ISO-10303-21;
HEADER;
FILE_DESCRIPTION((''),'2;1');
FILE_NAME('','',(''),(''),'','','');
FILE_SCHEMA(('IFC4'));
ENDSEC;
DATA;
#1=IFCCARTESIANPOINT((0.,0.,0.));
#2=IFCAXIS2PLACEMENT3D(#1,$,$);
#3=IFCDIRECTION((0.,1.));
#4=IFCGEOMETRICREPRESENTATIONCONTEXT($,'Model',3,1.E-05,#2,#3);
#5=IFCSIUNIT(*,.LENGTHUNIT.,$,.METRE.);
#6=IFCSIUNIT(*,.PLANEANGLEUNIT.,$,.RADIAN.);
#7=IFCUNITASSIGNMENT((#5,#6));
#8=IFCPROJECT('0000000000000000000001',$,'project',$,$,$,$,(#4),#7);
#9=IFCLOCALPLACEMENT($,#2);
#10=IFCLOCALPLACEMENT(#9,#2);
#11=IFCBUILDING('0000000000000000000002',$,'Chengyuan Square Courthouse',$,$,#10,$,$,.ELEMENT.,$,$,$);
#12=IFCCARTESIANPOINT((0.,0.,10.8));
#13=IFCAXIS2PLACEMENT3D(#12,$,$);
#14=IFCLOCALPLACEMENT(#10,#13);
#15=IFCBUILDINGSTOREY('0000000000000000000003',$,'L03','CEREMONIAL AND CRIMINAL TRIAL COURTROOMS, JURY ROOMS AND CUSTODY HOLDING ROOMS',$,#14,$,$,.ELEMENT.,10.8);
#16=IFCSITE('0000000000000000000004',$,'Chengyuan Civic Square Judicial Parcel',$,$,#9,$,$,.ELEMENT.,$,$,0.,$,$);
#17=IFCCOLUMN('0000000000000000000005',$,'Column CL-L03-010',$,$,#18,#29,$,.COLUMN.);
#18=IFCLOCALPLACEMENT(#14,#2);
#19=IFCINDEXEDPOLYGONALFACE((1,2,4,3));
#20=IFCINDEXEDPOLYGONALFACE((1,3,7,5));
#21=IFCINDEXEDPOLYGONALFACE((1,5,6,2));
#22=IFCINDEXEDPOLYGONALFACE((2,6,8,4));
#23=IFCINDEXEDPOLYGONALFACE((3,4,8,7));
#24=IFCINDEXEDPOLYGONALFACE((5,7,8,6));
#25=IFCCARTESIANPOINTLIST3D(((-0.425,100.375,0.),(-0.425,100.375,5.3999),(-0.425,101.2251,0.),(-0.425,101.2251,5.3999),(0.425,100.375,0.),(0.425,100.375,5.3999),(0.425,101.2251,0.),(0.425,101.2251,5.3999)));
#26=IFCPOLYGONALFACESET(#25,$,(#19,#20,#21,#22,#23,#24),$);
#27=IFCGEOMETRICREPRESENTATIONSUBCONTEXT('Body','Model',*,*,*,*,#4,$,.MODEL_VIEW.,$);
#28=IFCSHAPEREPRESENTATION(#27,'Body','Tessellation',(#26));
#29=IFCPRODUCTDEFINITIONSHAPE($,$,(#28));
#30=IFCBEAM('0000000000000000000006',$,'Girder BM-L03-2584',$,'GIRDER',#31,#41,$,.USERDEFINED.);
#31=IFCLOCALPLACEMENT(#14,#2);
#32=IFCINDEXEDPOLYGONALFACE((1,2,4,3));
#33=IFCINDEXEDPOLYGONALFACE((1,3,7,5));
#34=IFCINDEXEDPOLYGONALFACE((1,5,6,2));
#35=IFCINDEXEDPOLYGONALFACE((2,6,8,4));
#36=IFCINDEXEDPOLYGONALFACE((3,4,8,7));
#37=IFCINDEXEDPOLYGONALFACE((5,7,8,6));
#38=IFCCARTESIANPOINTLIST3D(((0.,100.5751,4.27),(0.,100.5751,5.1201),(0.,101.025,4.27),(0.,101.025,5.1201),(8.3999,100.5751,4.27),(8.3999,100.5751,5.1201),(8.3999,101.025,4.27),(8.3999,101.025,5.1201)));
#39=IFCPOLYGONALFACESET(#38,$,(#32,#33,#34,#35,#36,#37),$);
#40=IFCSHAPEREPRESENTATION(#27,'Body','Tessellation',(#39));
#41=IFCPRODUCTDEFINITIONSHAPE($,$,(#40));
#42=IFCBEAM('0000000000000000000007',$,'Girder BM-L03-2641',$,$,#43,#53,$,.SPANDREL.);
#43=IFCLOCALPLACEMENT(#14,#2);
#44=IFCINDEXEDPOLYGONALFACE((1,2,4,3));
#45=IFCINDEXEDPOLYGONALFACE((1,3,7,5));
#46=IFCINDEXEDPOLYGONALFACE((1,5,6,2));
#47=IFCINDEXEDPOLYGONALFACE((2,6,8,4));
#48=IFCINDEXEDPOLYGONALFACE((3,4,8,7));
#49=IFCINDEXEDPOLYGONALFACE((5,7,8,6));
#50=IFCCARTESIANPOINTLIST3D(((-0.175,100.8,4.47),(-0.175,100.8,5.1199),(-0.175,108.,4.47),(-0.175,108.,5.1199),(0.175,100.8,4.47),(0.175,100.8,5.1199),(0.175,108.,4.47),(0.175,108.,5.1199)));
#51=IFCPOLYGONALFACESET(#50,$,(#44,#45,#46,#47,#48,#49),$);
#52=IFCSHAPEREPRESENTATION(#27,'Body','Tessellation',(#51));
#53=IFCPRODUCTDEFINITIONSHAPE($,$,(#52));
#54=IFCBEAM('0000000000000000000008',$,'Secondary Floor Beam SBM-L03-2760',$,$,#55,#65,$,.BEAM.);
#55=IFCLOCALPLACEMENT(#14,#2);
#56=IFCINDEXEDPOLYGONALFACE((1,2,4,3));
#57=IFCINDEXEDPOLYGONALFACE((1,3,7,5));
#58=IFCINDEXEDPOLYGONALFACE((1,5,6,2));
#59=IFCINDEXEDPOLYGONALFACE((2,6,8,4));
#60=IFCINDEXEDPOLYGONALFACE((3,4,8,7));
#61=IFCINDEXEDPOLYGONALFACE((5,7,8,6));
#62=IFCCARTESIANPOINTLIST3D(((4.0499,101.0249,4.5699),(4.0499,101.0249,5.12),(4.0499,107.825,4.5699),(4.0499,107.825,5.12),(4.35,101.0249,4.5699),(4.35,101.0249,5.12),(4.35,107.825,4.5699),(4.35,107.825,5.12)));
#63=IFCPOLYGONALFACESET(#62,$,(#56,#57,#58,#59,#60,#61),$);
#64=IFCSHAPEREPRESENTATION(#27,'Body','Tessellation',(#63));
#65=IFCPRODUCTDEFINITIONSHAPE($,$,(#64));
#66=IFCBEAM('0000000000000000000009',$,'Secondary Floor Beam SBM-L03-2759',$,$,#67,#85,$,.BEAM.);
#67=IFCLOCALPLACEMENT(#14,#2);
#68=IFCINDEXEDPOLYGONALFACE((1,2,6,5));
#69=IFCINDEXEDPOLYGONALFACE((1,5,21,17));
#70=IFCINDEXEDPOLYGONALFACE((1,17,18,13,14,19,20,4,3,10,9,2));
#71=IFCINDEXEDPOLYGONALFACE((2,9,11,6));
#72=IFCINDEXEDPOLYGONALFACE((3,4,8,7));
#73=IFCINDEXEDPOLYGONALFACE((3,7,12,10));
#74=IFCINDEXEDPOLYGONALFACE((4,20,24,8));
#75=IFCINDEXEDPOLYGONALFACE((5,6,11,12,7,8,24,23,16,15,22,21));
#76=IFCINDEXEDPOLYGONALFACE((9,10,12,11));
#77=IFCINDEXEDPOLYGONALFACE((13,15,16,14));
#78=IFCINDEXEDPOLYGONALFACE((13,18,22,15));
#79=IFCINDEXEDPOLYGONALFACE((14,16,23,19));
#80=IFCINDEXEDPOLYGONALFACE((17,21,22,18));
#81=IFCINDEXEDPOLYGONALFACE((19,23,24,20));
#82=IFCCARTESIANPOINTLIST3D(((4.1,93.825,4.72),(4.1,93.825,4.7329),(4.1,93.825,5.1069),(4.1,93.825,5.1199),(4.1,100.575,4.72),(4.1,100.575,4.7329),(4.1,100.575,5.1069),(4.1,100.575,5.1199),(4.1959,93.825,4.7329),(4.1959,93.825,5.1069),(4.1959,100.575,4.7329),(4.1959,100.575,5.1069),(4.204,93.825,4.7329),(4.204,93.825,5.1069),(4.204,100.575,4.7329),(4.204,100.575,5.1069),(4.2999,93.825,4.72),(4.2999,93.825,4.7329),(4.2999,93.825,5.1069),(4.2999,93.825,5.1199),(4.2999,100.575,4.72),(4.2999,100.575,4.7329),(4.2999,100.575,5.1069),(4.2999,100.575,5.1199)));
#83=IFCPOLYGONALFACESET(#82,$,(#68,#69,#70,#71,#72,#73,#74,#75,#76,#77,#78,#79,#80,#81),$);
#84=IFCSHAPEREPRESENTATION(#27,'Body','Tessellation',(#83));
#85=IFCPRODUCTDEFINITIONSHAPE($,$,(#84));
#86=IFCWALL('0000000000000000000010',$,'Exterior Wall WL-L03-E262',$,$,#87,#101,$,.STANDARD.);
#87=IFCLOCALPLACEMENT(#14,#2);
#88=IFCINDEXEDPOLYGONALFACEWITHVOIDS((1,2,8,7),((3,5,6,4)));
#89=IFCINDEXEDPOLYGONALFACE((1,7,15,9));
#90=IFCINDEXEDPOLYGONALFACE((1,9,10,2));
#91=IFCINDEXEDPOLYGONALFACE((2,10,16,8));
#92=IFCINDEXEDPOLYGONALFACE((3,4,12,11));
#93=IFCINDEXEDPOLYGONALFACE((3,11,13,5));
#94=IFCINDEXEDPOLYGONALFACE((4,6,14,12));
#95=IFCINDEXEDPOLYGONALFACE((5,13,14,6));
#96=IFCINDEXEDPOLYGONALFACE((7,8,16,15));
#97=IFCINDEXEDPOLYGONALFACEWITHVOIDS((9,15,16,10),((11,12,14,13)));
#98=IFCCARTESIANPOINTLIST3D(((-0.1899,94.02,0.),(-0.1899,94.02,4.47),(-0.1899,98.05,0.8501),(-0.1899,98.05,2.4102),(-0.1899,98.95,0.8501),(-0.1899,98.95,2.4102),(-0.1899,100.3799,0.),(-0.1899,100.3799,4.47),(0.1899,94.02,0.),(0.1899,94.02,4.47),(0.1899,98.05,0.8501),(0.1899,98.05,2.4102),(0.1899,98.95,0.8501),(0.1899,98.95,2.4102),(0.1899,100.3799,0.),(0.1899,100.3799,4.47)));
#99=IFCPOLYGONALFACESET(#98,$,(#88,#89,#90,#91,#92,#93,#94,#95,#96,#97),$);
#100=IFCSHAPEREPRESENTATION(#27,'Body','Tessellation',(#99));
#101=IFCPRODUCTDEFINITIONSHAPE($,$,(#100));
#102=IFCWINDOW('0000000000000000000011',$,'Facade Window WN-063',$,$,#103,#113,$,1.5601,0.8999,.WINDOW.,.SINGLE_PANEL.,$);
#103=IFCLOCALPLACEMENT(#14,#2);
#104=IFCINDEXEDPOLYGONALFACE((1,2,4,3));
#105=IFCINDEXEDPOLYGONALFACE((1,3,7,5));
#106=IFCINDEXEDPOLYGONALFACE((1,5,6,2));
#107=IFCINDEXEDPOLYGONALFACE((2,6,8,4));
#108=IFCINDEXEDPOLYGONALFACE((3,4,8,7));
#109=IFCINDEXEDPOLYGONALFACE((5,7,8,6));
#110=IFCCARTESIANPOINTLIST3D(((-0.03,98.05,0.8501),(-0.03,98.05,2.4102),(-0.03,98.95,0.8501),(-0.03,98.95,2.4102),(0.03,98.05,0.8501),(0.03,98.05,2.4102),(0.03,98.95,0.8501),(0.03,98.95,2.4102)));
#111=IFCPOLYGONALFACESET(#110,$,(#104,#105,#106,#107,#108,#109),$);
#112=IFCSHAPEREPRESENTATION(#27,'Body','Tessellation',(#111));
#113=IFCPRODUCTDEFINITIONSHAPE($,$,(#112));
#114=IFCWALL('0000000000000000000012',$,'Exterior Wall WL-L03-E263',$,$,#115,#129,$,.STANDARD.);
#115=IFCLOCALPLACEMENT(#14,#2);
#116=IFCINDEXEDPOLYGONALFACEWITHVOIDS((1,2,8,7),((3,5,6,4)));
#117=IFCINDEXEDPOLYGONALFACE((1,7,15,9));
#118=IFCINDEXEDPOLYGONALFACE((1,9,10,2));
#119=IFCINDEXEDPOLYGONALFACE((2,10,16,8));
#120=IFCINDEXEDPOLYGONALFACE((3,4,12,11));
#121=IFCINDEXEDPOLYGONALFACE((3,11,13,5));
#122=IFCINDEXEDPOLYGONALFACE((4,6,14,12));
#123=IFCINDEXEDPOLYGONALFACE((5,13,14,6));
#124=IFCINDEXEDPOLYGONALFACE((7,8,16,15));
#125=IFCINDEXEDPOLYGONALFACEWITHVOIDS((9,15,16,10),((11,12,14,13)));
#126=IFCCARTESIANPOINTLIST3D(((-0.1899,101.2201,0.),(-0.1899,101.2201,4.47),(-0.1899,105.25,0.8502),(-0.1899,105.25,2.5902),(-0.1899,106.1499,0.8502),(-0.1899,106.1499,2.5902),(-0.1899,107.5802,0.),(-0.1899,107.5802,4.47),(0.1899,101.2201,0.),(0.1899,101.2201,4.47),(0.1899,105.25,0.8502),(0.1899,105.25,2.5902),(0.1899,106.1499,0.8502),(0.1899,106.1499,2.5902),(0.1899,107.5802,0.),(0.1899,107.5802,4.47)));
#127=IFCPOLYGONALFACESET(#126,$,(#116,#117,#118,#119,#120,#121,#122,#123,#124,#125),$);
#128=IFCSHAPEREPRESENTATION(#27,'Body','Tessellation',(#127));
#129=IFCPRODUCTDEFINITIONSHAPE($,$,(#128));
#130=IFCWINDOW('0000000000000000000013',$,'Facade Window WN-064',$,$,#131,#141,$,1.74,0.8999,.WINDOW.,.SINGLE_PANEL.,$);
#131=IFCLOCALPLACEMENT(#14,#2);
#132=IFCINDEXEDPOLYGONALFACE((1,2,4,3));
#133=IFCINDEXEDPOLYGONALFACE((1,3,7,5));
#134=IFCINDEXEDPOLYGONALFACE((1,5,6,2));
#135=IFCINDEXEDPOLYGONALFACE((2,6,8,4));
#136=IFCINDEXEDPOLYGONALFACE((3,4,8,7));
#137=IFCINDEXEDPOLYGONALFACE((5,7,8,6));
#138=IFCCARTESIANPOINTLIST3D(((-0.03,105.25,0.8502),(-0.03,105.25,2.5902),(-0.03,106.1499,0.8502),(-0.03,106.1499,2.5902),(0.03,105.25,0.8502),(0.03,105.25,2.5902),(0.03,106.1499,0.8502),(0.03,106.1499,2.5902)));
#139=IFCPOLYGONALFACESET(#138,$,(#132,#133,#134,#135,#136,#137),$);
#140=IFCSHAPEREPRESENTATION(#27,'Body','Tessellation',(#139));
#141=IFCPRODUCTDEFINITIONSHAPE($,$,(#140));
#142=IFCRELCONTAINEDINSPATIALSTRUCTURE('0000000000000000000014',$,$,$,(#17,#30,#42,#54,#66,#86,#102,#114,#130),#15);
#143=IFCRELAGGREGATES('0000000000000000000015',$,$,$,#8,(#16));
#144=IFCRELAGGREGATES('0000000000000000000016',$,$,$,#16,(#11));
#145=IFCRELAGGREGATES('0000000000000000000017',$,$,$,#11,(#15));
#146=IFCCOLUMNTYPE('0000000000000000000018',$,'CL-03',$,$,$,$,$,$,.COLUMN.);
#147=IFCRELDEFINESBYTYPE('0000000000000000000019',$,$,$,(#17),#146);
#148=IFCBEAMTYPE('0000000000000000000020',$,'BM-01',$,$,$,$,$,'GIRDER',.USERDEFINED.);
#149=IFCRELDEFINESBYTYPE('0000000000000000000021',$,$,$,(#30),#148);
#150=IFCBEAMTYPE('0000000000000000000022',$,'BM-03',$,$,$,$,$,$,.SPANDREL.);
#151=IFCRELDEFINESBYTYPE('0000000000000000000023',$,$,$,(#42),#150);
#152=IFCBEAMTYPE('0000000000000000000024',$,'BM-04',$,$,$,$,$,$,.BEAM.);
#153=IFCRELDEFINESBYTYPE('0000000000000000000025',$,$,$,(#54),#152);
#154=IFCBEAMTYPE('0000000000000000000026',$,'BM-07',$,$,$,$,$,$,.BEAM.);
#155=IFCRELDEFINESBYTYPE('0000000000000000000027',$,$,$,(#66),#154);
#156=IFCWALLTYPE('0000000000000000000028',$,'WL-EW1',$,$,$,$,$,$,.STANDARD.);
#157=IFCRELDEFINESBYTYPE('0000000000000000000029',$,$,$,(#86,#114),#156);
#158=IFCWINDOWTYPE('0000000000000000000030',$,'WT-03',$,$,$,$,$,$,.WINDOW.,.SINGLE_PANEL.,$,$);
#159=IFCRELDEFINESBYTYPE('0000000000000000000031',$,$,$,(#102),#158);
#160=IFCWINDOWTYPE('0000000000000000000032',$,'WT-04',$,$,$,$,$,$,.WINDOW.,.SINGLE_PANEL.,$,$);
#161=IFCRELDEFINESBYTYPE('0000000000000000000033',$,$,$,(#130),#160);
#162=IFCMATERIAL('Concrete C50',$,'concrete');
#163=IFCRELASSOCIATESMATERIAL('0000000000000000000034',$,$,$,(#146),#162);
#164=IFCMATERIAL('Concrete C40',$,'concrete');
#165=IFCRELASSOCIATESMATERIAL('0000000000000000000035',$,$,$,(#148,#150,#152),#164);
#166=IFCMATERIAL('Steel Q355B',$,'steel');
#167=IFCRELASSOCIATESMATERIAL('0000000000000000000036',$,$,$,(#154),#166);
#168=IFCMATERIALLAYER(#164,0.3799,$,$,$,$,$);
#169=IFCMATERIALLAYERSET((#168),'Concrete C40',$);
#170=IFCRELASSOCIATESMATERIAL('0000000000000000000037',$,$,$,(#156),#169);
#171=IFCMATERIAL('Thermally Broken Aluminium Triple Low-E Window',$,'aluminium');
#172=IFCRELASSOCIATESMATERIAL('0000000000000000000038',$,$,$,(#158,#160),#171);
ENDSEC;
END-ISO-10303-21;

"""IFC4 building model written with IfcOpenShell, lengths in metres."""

from ifc_helpers import new_model, si_unit, direction, frame, frame_2d, origin, origin_2d, place, context, subcontext, project, spatial, rectangle, i_section, extrude, material, layer, layer_set, material_profile, profile_set, type_object, element, fill, save


model = new_model("IFC4")

# Units and contexts
model_context = context("Model", 3, precision=1e-05, world=origin(), true_north=direction((0.0, 1.0)))
body_context = subcontext(model_context, "Body", "Model", "MODEL_VIEW")
ifc_project = project(units=[si_unit("LENGTHUNIT", "METRE"), si_unit("PLANEANGLEUNIT", "RADIAN")], contexts=[model_context])

# Site, building, storey
site_placement = place(None, origin())
site = spatial("IfcSite", under=ifc_project, at=site_placement, Name="Chengyuan Civic Square Judicial Parcel", CompositionType="ELEMENT", RefElevation=0.0)
building_placement = place(site_placement, origin())
building = spatial("IfcBuilding", under=site, at=building_placement, Name="Chengyuan Square Courthouse", CompositionType="ELEMENT")
storey_placement = place(building_placement, frame((0.0, 0.0, 10.8)))
storey = spatial("IfcBuildingStorey", under=building, at=storey_placement, Name="L03", Description="CEREMONIAL AND CRIMINAL TRIAL COURTROOMS, JURY ROOMS AND CUSTODY HOLDING ROOMS", CompositionType="ELEMENT", Elevation=10.8)

# Column
ifc_material_1 = material(Name="Concrete C50", Category="concrete")
ifc_material_profile_1 = material_profile(ifc_material_1, rectangle(XDim=0.8501, YDim=0.8501, at=origin_2d()), Name="RC-COL-850x850")
ifc_profile_set_1 = profile_set([ifc_material_profile_1], Name="Concrete C50")
column_type = type_object("IfcColumnType", Name="CL-03", PredefinedType="COLUMN", material=ifc_profile_set_1)
column_placement = place(storey_placement, frame((0.0, 100.8, 0.0), z_axis=(0.0, 0.0, 1.0), x_axis=(1.0, 0.0, 0.0)))
element("IfcColumn", 1, at=column_placement, inside=storey, type_object=column_type, Name="Column CL-L03-010", PredefinedType="COLUMN", context=body_context, shape_type="SweptSolid", body=[
    extrude(rectangle(XDim=0.8501, YDim=0.8501, at=origin_2d()), origin(), (0.0, 0.0, 1.0), 5.3999),
])

# Beams
ifc_material_2 = material(Name="Concrete C40", Category="concrete")
ifc_material_profile_2 = material_profile(ifc_material_2, rectangle(XDim=0.45, YDim=0.8501, at=origin_2d()), Name="RC-BM-450x850")
ifc_profile_set_2 = profile_set([ifc_material_profile_2], Name="Concrete C40")
beam_type_1 = type_object("IfcBeamType", Name="BM-01", ElementType="GIRDER", PredefinedType="USERDEFINED", material=ifc_profile_set_2)
beam_1_placement = place(storey_placement, frame((0.0, 100.8, 4.6951), z_axis=(1.0, 0.0, 0.0), x_axis=(0.0, 1.0, 0.0)))
element("IfcBeam", 2, at=beam_1_placement, inside=storey, type_object=beam_type_1, Name="Girder BM-L03-2584", ObjectType="GIRDER", PredefinedType="USERDEFINED", context=body_context, shape_type="SweptSolid", body=[
    extrude(rectangle(XDim=0.45, YDim=0.8501, at=origin_2d()), origin(), (0.0, 0.0, 1.0), 8.3999),
])
ifc_material_profile_3 = material_profile(ifc_material_2, rectangle(XDim=0.3501, YDim=0.6499, at=origin_2d()), Name="RC-BM-350x650")
ifc_profile_set_3 = profile_set([ifc_material_profile_3], Name="Concrete C40")
beam_type_2 = type_object("IfcBeamType", Name="BM-03", PredefinedType="SPANDREL", material=ifc_profile_set_3)
beam_2_placement = place(storey_placement, frame((0.0, 100.8, 4.7949), z_axis=(0.0, 1.0, 0.0), x_axis=(-1.0, 0.0, 0.0)))
element("IfcBeam", 3, at=beam_2_placement, inside=storey, type_object=beam_type_2, Name="Girder BM-L03-2641", PredefinedType="SPANDREL", context=body_context, shape_type="SweptSolid", body=[
    extrude(rectangle(XDim=0.3501, YDim=0.6499, at=origin_2d()), origin(), (0.0, 0.0, 1.0), 7.2),
])
ifc_material_profile_4 = material_profile(ifc_material_2, rectangle(XDim=0.3, YDim=0.55, at=origin_2d()), Name="RC-BM-300x550")
ifc_profile_set_4 = profile_set([ifc_material_profile_4], Name="Concrete C40")
beam_type_3 = type_object("IfcBeamType", Name="BM-04", PredefinedType="BEAM", material=ifc_profile_set_4)
beam_3_placement = place(storey_placement, frame((4.2, 101.0249, 4.845), z_axis=(0.0, 1.0, 0.0), x_axis=(-1.0, 0.0, 0.0)))
element("IfcBeam", 4, at=beam_3_placement, inside=storey, type_object=beam_type_3, Name="Secondary Floor Beam SBM-L03-2760", PredefinedType="BEAM", context=body_context, shape_type="SweptSolid", body=[
    extrude(rectangle(XDim=0.3, YDim=0.55, at=origin_2d()), origin(), (0.0, 0.0, 1.0), 6.8),
])
ifc_material_3 = material(Name="Steel Q355B", Category="steel")
ifc_material_profile_5 = material_profile(ifc_material_3, i_section(OverallWidth=0.2, OverallDepth=0.3999, WebThickness=0.0081, FlangeThickness=0.0129, at=origin_2d()), Name="HN 400x200x8x13")
ifc_profile_set_5 = profile_set([ifc_material_profile_5], Name="Steel Q355B")
beam_type_4 = type_object("IfcBeamType", Name="BM-07", PredefinedType="BEAM", material=ifc_profile_set_5)
beam_4_placement = place(storey_placement, frame((4.2, 93.825, 4.9199), z_axis=(0.0, 1.0, 0.0), x_axis=(-1.0, 0.0, 0.0)))
element("IfcBeam", 5, at=beam_4_placement, inside=storey, type_object=beam_type_4, Name="Secondary Floor Beam SBM-L03-2759", PredefinedType="BEAM", context=body_context, shape_type="SweptSolid", body=[
    extrude(i_section(OverallWidth=0.2, OverallDepth=0.3999, WebThickness=0.0081, FlangeThickness=0.0129, at=origin_2d()), origin(), (0.0, 0.0, 1.0), 6.75),
])

# Walls, openings, windows
ifc_layer_1 = layer(ifc_material_2, 0.3799)
ifc_layer_set_1 = layer_set([ifc_layer_1], Name="Concrete C40")
wall_type_1 = type_object("IfcWallType", Name="WL-EW1", PredefinedType="STANDARD", material=ifc_layer_set_1)
wall_1_placement = place(storey_placement, frame((0.0, 94.02, 0.0), z_axis=(0.0, 0.0, 1.0), x_axis=(0.0, 1.0, 0.0)))
wall_1 = element("IfcWall", 6, at=wall_1_placement, inside=storey, type_object=wall_type_1, Name="Exterior Wall WL-L03-E262", PredefinedType="STANDARD", context=body_context, shape_type="SweptSolid", body=[
    extrude(rectangle(XDim=6.3599, YDim=0.3799, at=frame_2d((3.1799, 0.0))), origin(), (0.0, 0.0, 1.0), 4.47),
])
opening_1_placement = place(wall_1_placement, frame((4.03, 0.0, 0.8501)))
opening_1 = element("IfcOpeningElement", 7, at=opening_1_placement, cuts=wall_1, PredefinedType="OPENING", context=body_context, shape_type="SweptSolid", body=[
    extrude(rectangle(XDim=0.8999, YDim=1.5601, at=frame_2d((0.45, 0.78))), frame((0.0, 0.2019, 0.0), z_axis=(0.0, -1.0, 0.0), x_axis=(1.0, 0.0, 0.0)), (0.0, 0.0, 1.0), 0.4038),
])
ifc_material_4 = material(Name="Thermally Broken Aluminium Triple Low-E Window", Category="aluminium")
window_type_1 = type_object("IfcWindowType", Name="WT-03", PartitioningType="SINGLE_PANEL", PredefinedType="WINDOW", material=ifc_material_4)
window_1_placement = place(opening_1_placement, origin())
window_1 = element("IfcWindow", 8, at=window_1_placement, inside=storey, type_object=window_type_1, Name="Facade Window WN-063", OverallHeight=1.5601, OverallWidth=0.8999, PartitioningType="SINGLE_PANEL", PredefinedType="WINDOW", context=body_context, shape_type="SweptSolid", body=[
    extrude(rectangle(XDim=0.8999, YDim=1.5601, at=frame_2d((0.45, 0.78))), frame((0.0, 0.03, 0.0), z_axis=(0.0, -1.0, 0.0), x_axis=(1.0, 0.0, 0.0)), (0.0, 0.0, 1.0), 0.0601),
])
fill(opening_1, window_1)
wall_2_placement = place(storey_placement, frame((0.0, 101.22, 0.0), z_axis=(0.0, 0.0, 1.0), x_axis=(0.0, 1.0, 0.0)))
wall_2 = element("IfcWall", 9, at=wall_2_placement, inside=storey, type_object=wall_type_1, Name="Exterior Wall WL-L03-E263", PredefinedType="STANDARD", context=body_context, shape_type="SweptSolid", body=[
    extrude(rectangle(XDim=6.3601, YDim=0.3799, at=frame_2d((3.1802, 0.0))), origin(), (0.0, 0.0, 1.0), 4.47),
])
opening_2_placement = place(wall_2_placement, frame((4.03, 0.0, 0.8501)))
opening_2 = element("IfcOpeningElement", 10, at=opening_2_placement, cuts=wall_2, PredefinedType="OPENING", context=body_context, shape_type="SweptSolid", body=[
    extrude(rectangle(XDim=0.8999, YDim=1.74, at=frame_2d((0.45, 0.8701))), frame((0.0, 0.2019, 0.0), z_axis=(0.0, -1.0, 0.0), x_axis=(1.0, 0.0, 0.0)), (0.0, 0.0, 1.0), 0.4038),
])
window_type_2 = type_object("IfcWindowType", Name="WT-04", PartitioningType="SINGLE_PANEL", PredefinedType="WINDOW", material=ifc_material_4)
window_2_placement = place(opening_2_placement, origin())
window_2 = element("IfcWindow", 11, at=window_2_placement, inside=storey, type_object=window_type_2, Name="Facade Window WN-064", OverallHeight=1.74, OverallWidth=0.8999, PartitioningType="SINGLE_PANEL", PredefinedType="WINDOW", context=body_context, shape_type="SweptSolid", body=[
    extrude(rectangle(XDim=0.8999, YDim=1.74, at=frame_2d((0.45, 0.8701))), frame((0.0, 0.03, 0.0), z_axis=(0.0, -1.0, 0.0), x_axis=(1.0, 0.0, 0.0)), (0.0, 0.0, 1.0), 0.0601),
])
fill(opening_2, window_2)

save(model, "model.ifc")
